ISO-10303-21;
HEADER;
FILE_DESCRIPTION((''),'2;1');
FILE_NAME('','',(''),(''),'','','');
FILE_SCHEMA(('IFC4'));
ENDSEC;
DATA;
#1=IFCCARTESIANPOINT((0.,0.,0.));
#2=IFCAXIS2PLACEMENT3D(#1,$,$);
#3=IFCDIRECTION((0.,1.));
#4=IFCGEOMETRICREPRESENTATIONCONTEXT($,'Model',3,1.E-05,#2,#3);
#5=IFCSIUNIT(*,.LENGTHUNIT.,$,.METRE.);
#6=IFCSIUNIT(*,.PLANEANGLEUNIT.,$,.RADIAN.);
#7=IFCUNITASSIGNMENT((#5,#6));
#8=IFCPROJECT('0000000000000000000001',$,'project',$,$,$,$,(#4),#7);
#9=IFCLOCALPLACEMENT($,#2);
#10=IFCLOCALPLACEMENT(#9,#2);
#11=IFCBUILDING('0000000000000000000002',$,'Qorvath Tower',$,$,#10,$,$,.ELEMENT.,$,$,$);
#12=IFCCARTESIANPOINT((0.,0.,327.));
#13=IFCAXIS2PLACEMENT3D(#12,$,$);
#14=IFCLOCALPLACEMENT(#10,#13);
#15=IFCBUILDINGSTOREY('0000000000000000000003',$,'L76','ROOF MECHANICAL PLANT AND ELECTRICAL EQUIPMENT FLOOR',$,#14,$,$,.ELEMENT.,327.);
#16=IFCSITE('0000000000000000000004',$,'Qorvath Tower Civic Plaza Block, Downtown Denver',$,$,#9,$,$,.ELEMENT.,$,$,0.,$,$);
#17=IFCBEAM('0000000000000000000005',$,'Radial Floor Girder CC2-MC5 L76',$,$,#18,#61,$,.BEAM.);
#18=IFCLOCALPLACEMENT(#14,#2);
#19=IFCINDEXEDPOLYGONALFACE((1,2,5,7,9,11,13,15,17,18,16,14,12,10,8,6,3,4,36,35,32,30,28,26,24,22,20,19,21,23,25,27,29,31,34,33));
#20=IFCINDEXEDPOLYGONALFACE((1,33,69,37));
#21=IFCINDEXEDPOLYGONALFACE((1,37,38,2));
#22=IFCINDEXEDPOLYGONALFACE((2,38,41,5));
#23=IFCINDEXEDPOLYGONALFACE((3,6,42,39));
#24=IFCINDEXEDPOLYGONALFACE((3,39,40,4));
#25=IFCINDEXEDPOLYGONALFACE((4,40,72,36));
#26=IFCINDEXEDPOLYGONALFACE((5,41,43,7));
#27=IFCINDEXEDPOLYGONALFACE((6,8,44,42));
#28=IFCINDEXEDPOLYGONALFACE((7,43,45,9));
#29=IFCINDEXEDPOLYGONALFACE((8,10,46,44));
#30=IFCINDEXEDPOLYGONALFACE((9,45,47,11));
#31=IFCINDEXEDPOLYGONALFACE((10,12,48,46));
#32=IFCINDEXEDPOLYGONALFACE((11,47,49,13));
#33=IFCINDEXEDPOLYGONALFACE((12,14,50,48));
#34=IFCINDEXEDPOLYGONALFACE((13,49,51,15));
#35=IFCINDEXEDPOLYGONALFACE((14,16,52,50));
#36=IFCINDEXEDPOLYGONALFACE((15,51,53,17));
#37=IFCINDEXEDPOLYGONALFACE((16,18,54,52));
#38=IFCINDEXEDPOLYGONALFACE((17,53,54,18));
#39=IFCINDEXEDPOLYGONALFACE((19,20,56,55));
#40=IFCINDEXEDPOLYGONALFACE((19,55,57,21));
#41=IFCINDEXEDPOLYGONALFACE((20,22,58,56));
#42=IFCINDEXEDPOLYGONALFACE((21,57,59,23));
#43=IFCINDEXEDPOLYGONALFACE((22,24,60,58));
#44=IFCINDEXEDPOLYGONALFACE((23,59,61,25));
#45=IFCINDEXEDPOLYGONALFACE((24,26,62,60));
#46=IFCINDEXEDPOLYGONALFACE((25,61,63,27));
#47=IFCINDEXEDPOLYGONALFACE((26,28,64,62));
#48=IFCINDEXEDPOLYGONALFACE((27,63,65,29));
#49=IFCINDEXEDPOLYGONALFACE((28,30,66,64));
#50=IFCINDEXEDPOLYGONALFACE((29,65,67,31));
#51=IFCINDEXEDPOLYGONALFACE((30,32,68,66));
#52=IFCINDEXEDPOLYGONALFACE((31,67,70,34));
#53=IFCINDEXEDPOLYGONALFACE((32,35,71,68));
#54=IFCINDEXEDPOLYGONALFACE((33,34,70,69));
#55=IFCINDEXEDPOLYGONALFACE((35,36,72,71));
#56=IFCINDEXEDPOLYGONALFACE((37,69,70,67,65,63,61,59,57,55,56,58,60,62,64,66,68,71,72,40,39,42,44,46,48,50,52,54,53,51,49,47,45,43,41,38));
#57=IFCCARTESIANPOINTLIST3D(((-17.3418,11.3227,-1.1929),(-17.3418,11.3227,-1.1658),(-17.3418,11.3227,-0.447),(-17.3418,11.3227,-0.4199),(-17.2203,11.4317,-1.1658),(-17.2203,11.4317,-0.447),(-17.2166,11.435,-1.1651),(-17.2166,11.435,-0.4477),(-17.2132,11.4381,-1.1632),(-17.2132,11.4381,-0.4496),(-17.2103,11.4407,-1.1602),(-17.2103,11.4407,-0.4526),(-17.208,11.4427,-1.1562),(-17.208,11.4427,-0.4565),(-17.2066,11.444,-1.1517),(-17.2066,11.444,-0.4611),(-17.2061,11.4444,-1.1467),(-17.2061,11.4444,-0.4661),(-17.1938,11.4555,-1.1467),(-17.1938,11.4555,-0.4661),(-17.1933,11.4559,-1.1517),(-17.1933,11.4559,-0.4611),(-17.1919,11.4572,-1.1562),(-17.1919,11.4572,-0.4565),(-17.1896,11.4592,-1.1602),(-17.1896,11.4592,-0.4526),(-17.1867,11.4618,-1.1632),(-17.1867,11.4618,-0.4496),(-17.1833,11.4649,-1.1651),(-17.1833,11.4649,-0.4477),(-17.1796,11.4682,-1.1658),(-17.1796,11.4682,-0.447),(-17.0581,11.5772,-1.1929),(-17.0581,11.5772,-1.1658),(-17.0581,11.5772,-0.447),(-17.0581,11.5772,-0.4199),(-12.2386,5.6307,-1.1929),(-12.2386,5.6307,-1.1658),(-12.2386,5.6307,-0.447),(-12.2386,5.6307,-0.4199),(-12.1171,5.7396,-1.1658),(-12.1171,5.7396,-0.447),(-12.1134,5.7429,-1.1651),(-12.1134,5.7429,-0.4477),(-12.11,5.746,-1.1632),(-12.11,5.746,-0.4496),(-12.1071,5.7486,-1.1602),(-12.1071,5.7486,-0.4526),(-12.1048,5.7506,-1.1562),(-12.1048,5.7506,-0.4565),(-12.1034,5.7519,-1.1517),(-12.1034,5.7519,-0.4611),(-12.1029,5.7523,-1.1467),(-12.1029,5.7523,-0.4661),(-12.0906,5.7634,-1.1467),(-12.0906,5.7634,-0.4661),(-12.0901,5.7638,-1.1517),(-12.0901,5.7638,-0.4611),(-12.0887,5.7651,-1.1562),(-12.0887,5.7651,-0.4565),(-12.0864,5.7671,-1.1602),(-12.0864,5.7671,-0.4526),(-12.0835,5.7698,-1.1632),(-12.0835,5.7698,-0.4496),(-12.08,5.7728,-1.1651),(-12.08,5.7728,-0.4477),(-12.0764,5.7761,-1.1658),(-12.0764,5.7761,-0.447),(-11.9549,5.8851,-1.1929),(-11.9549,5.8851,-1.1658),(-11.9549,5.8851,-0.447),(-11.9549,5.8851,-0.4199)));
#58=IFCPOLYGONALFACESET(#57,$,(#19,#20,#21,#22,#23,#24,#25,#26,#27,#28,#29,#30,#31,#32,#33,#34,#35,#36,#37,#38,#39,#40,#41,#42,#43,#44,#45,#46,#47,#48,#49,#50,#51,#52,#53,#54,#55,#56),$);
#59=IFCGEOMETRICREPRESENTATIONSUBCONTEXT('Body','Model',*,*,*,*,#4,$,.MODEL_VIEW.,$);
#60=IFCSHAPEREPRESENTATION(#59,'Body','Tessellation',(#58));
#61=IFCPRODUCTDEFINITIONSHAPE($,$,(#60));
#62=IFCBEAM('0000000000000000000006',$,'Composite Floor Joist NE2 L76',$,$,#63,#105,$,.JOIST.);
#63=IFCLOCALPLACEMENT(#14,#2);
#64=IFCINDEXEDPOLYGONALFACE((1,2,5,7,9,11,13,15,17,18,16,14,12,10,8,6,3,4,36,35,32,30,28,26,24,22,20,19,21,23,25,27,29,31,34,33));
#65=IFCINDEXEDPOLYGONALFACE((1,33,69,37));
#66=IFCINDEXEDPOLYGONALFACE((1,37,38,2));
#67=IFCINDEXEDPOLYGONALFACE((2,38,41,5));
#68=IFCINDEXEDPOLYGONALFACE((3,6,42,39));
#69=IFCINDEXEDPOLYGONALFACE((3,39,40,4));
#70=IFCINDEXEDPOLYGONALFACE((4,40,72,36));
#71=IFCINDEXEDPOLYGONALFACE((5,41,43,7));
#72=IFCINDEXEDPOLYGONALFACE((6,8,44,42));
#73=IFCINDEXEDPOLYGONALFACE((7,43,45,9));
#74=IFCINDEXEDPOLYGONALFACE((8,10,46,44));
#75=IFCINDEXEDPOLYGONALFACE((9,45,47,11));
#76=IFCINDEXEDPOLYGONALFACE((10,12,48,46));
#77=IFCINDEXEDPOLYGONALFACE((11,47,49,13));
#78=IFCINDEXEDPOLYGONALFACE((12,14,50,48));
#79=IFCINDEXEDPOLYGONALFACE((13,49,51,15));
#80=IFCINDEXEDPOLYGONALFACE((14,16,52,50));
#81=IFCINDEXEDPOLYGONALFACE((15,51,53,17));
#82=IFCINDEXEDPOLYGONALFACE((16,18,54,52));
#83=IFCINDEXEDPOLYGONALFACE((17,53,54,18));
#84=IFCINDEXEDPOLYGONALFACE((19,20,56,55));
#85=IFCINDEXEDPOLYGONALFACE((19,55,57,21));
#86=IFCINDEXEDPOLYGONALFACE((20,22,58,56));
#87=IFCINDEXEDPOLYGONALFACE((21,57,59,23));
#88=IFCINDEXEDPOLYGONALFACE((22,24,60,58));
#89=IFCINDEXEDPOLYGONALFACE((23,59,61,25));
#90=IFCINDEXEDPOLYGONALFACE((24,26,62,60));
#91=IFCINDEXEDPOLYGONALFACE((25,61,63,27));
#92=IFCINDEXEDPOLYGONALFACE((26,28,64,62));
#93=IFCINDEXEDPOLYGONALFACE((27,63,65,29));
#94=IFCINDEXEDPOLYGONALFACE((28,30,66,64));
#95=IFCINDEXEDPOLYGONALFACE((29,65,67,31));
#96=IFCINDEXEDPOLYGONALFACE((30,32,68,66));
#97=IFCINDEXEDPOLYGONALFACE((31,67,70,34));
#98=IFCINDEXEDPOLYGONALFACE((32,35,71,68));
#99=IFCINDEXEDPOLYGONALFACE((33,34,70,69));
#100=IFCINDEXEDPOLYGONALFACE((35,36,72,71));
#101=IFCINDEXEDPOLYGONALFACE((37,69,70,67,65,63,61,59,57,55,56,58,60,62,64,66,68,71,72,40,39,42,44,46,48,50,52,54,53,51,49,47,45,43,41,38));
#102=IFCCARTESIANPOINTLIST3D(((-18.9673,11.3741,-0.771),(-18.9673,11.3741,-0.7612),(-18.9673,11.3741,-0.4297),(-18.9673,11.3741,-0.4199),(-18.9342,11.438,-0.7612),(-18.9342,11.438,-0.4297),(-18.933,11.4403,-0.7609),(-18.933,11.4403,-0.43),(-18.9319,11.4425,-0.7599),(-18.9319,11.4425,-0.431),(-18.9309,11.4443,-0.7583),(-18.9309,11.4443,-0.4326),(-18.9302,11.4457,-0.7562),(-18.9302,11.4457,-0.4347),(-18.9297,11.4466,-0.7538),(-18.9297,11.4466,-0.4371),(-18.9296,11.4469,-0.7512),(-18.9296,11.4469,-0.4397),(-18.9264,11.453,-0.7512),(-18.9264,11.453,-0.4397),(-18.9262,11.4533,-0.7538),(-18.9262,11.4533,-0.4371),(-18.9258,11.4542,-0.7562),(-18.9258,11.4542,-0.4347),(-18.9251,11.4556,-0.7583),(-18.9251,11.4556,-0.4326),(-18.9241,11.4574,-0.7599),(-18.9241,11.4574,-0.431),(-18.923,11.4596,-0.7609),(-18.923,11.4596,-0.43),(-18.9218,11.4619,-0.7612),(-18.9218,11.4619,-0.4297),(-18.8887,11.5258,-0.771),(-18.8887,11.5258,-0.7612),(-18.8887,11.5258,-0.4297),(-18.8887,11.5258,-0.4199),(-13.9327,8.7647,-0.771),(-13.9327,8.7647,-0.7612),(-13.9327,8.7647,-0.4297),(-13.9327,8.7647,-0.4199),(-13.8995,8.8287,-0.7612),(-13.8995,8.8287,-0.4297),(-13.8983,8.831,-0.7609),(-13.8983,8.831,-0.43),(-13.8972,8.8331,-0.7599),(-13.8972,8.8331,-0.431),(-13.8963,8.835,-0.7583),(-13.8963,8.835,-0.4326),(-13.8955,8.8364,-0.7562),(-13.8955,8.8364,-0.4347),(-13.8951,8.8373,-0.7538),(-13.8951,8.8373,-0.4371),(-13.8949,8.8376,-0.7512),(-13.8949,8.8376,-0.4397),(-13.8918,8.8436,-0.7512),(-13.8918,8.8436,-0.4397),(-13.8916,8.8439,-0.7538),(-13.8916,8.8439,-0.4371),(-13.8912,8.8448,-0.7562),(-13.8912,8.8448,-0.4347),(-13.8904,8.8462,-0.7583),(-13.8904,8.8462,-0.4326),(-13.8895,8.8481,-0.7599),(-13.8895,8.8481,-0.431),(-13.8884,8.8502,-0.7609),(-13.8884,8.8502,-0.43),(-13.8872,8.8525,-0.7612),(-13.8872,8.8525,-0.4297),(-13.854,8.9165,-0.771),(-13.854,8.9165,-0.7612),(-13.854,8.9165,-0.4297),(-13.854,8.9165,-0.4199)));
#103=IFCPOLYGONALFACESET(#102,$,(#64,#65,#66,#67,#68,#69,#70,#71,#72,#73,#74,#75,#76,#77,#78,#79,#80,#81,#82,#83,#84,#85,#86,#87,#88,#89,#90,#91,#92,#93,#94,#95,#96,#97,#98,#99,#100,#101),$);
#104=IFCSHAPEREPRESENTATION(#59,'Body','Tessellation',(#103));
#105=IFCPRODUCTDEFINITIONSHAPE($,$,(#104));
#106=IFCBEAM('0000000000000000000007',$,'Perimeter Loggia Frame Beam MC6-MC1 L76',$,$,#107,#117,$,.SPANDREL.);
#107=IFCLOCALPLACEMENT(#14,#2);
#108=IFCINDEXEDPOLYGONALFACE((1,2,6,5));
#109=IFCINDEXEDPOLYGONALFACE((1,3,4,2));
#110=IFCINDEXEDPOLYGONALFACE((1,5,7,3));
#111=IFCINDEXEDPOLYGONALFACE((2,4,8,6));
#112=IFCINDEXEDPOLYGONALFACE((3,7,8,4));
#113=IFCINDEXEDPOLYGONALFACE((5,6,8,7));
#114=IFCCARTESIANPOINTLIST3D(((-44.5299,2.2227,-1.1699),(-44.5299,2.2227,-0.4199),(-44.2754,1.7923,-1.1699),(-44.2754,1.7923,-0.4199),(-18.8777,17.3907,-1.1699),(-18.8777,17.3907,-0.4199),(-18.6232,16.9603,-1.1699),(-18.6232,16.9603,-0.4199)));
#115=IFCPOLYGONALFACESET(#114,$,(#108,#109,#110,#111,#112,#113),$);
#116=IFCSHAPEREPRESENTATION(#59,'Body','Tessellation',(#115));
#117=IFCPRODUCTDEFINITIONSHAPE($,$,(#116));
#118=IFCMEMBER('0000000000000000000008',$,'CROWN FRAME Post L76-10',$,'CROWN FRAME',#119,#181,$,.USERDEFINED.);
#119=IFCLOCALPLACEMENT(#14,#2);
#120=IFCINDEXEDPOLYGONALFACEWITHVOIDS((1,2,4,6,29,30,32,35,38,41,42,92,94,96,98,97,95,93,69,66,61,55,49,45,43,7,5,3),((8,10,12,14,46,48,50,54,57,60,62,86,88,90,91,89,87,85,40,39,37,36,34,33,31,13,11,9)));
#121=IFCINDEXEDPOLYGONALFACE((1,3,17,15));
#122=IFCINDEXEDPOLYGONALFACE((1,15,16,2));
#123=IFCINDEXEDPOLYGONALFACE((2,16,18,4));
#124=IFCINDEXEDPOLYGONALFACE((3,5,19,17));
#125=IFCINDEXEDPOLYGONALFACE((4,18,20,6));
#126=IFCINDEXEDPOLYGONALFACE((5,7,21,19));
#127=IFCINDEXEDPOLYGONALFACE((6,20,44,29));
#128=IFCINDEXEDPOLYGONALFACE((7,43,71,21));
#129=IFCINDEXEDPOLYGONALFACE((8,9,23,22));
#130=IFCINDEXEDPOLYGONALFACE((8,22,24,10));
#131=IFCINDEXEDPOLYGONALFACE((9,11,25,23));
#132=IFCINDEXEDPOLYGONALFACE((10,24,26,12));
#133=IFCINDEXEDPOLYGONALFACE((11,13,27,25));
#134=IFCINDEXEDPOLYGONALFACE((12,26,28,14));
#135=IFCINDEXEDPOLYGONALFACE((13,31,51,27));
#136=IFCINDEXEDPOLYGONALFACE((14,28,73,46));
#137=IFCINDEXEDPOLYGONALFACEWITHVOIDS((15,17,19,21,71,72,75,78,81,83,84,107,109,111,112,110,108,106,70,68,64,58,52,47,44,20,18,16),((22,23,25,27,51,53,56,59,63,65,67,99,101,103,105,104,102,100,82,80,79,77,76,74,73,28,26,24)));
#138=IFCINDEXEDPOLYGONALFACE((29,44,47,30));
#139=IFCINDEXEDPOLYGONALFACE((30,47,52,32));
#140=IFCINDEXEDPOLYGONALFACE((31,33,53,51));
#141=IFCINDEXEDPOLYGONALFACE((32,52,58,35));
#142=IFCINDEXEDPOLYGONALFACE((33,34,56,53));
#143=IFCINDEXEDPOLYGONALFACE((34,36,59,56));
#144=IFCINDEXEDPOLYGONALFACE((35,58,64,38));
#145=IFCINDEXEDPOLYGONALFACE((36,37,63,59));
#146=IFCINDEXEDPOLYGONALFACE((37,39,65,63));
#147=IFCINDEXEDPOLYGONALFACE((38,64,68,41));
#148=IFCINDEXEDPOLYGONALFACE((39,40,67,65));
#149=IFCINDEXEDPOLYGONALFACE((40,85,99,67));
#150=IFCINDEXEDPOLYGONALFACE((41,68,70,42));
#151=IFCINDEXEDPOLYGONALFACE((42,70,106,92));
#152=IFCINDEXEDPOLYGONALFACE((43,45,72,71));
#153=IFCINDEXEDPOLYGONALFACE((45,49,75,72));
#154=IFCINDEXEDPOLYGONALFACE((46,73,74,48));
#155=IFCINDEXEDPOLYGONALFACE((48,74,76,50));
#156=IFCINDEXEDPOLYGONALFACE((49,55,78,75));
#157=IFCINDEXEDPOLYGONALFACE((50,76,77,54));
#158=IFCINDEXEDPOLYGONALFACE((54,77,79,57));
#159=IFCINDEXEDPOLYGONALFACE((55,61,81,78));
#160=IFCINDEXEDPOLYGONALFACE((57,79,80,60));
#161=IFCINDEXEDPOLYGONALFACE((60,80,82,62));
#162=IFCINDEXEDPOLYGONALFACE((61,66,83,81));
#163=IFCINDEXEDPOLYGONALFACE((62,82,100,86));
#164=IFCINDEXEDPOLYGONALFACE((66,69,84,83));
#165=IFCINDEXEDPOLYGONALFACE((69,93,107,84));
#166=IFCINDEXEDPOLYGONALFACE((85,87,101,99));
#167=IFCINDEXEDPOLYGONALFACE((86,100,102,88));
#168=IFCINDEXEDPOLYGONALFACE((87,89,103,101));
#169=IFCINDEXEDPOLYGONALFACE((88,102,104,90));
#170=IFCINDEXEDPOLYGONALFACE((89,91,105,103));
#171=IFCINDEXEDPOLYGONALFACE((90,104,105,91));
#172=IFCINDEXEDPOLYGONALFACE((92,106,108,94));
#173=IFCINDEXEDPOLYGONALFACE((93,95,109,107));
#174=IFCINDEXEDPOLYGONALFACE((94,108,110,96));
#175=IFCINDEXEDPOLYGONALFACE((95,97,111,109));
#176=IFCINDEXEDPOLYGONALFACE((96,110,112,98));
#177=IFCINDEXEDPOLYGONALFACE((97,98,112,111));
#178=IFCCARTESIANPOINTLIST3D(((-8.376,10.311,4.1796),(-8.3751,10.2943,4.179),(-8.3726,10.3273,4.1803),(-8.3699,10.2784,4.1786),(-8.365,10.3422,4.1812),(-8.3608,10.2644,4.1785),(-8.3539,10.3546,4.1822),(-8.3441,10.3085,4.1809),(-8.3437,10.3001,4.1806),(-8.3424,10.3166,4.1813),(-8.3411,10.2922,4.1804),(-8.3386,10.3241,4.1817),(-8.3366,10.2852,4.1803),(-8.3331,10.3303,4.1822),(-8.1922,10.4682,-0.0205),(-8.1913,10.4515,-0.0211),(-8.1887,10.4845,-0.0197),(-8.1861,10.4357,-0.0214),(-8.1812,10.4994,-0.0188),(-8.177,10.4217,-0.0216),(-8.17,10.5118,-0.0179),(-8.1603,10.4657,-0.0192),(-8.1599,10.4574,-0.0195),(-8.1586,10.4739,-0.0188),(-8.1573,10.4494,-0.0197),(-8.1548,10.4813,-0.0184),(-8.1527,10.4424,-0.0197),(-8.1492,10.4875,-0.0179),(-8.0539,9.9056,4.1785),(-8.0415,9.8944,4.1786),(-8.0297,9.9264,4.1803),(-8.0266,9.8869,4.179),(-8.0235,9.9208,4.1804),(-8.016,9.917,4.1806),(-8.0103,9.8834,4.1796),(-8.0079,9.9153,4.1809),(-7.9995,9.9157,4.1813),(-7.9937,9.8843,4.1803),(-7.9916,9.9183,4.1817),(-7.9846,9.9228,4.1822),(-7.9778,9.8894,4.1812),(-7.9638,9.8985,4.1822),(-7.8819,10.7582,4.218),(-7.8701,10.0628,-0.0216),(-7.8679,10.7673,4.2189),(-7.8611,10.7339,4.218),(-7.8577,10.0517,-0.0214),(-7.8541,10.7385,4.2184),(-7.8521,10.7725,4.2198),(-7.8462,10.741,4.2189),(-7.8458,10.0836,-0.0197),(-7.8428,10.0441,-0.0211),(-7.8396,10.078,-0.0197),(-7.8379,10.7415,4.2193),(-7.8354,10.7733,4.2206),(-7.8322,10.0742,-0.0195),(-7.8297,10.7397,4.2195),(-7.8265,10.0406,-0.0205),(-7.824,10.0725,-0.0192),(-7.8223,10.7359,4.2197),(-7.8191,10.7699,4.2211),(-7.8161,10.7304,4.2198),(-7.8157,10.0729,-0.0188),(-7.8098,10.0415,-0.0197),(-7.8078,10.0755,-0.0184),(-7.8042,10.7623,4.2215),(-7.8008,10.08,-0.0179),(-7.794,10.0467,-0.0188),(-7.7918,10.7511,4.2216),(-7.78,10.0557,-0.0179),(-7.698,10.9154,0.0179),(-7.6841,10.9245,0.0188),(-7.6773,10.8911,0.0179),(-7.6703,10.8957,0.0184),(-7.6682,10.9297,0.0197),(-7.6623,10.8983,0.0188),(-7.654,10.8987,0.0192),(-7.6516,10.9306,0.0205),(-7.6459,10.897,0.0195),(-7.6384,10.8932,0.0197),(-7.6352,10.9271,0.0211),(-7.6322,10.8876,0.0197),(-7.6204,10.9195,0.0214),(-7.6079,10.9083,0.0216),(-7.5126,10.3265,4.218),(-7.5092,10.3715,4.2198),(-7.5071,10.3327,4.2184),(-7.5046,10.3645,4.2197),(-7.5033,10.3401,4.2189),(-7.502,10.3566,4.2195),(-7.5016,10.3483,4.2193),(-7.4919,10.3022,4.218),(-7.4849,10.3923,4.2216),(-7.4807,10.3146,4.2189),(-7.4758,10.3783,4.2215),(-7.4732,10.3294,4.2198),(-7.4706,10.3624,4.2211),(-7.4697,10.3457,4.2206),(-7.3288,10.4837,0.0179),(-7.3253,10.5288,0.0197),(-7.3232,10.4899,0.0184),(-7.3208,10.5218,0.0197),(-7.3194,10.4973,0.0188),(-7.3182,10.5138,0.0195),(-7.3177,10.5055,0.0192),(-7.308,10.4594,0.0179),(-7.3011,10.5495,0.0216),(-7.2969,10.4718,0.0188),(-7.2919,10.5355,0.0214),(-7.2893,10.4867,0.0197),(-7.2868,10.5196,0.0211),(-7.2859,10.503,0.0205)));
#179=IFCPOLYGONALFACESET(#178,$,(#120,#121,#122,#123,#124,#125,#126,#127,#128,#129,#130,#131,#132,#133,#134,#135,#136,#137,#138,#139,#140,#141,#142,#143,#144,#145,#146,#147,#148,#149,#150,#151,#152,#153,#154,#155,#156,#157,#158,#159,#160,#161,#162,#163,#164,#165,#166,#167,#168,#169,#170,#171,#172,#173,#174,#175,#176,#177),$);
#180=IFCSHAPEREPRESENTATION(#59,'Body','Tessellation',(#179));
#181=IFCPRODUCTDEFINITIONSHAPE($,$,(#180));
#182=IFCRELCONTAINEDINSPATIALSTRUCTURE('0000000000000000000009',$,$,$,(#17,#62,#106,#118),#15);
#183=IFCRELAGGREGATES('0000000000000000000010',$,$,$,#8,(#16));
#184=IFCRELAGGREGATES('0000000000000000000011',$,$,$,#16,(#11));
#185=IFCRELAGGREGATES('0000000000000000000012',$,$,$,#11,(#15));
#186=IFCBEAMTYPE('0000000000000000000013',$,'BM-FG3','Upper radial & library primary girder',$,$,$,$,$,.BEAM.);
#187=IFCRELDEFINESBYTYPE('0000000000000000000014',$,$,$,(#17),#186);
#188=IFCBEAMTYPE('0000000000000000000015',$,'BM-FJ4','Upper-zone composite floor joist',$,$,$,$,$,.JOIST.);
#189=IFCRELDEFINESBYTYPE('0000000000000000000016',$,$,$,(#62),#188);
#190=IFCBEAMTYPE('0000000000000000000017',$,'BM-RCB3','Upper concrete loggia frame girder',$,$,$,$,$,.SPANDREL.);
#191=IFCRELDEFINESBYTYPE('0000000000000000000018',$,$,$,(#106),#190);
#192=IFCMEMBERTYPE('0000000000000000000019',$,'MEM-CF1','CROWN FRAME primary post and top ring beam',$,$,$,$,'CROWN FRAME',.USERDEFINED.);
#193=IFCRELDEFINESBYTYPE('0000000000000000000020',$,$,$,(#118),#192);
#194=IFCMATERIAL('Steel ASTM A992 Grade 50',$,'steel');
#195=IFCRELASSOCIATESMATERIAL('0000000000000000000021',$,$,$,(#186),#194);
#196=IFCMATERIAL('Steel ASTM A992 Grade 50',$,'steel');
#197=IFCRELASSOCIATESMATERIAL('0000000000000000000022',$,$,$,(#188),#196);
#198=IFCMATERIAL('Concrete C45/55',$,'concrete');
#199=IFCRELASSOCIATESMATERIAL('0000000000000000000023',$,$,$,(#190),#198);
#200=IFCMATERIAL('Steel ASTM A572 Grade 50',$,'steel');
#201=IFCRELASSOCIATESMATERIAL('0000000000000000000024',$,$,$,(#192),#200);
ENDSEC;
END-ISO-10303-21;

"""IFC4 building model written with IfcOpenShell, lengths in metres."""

from ifc_helpers import new_model, si_unit, direction, frame, origin, origin_2d, place, context, subcontext, project, spatial, rectangle, hollow_rectangle, i_section, extrude, material, material_profile, profile_set, type_object, element, save


model = new_model("IFC4")

# Units and contexts
model_context = context("Model", 3, precision=1e-05, world=origin(), true_north=direction((0.0, 1.0)))
body_context = subcontext(model_context, "Body", "Model", "MODEL_VIEW")
ifc_project = project(units=[si_unit("LENGTHUNIT", "METRE"), si_unit("PLANEANGLEUNIT", "RADIAN")], contexts=[model_context])

# Site, building, storey
site_placement = place(None, origin())
site = spatial("IfcSite", under=ifc_project, at=site_placement, Name="Qorvath Tower Civic Plaza Block, Downtown Denver", CompositionType="ELEMENT", RefElevation=0.0)
building_placement = place(site_placement, origin())
building = spatial("IfcBuilding", under=site, at=building_placement, Name="Qorvath Tower", CompositionType="ELEMENT")
storey_placement = place(building_placement, frame((0.0, 0.0, 327.0)))
storey = spatial("IfcBuildingStorey", under=building, at=storey_placement, Name="L76", Description="ROOF MECHANICAL PLANT AND ELECTRICAL EQUIPMENT FLOOR", CompositionType="ELEMENT", Elevation=327.0)

# Beams
ifc_material_1 = material(Name="Steel ASTM A992 Grade 50", Category="steel")
ifc_material_profile_1 = material_profile(ifc_material_1, i_section(OverallWidth=0.3811, OverallDepth=0.7729, WebThickness=0.0166, FlangeThickness=0.0271, FilletRadius=0.019, at=origin_2d()), Name="W30x173")
ifc_profile_set_1 = profile_set([ifc_material_profile_1], Name="Steel ASTM A992 Grade 50")
beam_type_1 = type_object("IfcBeamType", Name="BM-FG3", Description="Upper radial & library primary girder", PredefinedType="BEAM", material=ifc_profile_set_1)
beam_1_placement = place(storey_placement, frame((-17.2, 11.45, -0.8064), z_axis=(0.667543, -0.744571, 0.0), x_axis=(0.744571, 0.667543, 0.0)))
element("IfcBeam", 1, at=beam_1_placement, inside=storey, type_object=beam_type_1, Name="Radial Floor Girder CC2-MC5 L76", PredefinedType="BEAM", context=body_context, shape_type="SweptSolid", body=[
    extrude(i_section(OverallWidth=0.3811, OverallDepth=0.7729, WebThickness=0.0166, FlangeThickness=0.0271, FilletRadius=0.019, at=origin_2d()), origin(), (0.0, 0.0, 1.0), 7.6448),
])
ifc_material_2 = material(Name="Steel ASTM A992 Grade 50", Category="steel")
ifc_material_profile_2 = material_profile(ifc_material_2, i_section(OverallWidth=0.1709, OverallDepth=0.3511, WebThickness=0.0068, FlangeThickness=0.0098, FilletRadius=0.01, at=origin_2d()), Name="W14x30")
ifc_profile_set_2 = profile_set([ifc_material_profile_2], Name="Steel ASTM A992 Grade 50")
beam_type_2 = type_object("IfcBeamType", Name="BM-FJ4", Description="Upper-zone composite floor joist", PredefinedType="JOIST", material=ifc_profile_set_2)
beam_2_placement = place(storey_placement, frame((-18.928, 11.45, -0.5955), z_axis=(0.887841, -0.460151, 0.0), x_axis=(0.460151, 0.887841, 0.0)))
element("IfcBeam", 2, at=beam_2_placement, inside=storey, type_object=beam_type_2, Name="Composite Floor Joist NE2 L76", PredefinedType="JOIST", context=body_context, shape_type="SweptSolid", body=[
    extrude(i_section(OverallWidth=0.1709, OverallDepth=0.3511, WebThickness=0.0068, FlangeThickness=0.0098, FilletRadius=0.01, at=origin_2d()), origin(), (0.0, 0.0, 1.0), 5.6707),
])
ifc_material_3 = material(Name="Concrete C45/55", Category="concrete")
ifc_material_profile_3 = material_profile(ifc_material_3, rectangle(XDim=0.5, YDim=0.75, at=origin_2d()), Name="RCB 750x500")
ifc_profile_set_3 = profile_set([ifc_material_profile_3], Name="Concrete C45/55")
beam_type_3 = type_object("IfcBeamType", Name="BM-RCB3", Description="Upper concrete loggia frame girder", PredefinedType="SPANDREL", material=ifc_profile_set_3)
beam_3_placement = place(storey_placement, frame((-18.7505, 17.1755, -0.7949), z_axis=(-0.860781, -0.508976, 0.0), x_axis=(0.508976, -0.860781, 0.0)))
element("IfcBeam", 3, at=beam_3_placement, inside=storey, type_object=beam_type_3, Name="Perimeter Loggia Frame Beam MC6-MC1 L76", PredefinedType="SPANDREL", context=body_context, shape_type="SweptSolid", body=[
    extrude(rectangle(XDim=0.5, YDim=0.75, at=origin_2d()), origin(), (0.0, 0.0, 1.0), 29.801),
])

# Member
ifc_material_4 = material(Name="Steel ASTM A572 Grade 50", Category="steel")
ifc_material_profile_4 = material_profile(ifc_material_4, hollow_rectangle(XDim=0.6001, YDim=0.75, WallThickness=0.032, InnerFilletRadius=0.032, OuterFilletRadius=0.064, at=origin_2d()), Name="CROWN BOX 750x600x32")
ifc_profile_set_4 = profile_set([ifc_material_profile_4], Name="Steel ASTM A572 Grade 50")
member_type_1 = type_object("IfcMemberType", Name="MEM-CF1", Description="CROWN FRAME primary post and top ring beam", ElementType="CROWN FRAME", PredefinedType="USERDEFINED", material=ifc_profile_set_4)
member_1_placement = place(storey_placement, frame((-7.739, 10.4856, 0.0), z_axis=(-0.043699, -0.037373, 0.998345), x_axis=(0.64996, -0.759969, 0.0)))
element("IfcMember", 4, at=member_1_placement, inside=storey, type_object=member_type_1, Name="CROWN FRAME Post L76-10", ObjectType="CROWN FRAME", PredefinedType="USERDEFINED", context=body_context, shape_type="SweptSolid", body=[
    extrude(hollow_rectangle(XDim=0.6001, YDim=0.75, WallThickness=0.032, InnerFilletRadius=0.032, OuterFilletRadius=0.064, at=origin_2d()), origin(), (0.0, 0.0, 1.0), 4.207),
])

save(model, "model.ifc")
